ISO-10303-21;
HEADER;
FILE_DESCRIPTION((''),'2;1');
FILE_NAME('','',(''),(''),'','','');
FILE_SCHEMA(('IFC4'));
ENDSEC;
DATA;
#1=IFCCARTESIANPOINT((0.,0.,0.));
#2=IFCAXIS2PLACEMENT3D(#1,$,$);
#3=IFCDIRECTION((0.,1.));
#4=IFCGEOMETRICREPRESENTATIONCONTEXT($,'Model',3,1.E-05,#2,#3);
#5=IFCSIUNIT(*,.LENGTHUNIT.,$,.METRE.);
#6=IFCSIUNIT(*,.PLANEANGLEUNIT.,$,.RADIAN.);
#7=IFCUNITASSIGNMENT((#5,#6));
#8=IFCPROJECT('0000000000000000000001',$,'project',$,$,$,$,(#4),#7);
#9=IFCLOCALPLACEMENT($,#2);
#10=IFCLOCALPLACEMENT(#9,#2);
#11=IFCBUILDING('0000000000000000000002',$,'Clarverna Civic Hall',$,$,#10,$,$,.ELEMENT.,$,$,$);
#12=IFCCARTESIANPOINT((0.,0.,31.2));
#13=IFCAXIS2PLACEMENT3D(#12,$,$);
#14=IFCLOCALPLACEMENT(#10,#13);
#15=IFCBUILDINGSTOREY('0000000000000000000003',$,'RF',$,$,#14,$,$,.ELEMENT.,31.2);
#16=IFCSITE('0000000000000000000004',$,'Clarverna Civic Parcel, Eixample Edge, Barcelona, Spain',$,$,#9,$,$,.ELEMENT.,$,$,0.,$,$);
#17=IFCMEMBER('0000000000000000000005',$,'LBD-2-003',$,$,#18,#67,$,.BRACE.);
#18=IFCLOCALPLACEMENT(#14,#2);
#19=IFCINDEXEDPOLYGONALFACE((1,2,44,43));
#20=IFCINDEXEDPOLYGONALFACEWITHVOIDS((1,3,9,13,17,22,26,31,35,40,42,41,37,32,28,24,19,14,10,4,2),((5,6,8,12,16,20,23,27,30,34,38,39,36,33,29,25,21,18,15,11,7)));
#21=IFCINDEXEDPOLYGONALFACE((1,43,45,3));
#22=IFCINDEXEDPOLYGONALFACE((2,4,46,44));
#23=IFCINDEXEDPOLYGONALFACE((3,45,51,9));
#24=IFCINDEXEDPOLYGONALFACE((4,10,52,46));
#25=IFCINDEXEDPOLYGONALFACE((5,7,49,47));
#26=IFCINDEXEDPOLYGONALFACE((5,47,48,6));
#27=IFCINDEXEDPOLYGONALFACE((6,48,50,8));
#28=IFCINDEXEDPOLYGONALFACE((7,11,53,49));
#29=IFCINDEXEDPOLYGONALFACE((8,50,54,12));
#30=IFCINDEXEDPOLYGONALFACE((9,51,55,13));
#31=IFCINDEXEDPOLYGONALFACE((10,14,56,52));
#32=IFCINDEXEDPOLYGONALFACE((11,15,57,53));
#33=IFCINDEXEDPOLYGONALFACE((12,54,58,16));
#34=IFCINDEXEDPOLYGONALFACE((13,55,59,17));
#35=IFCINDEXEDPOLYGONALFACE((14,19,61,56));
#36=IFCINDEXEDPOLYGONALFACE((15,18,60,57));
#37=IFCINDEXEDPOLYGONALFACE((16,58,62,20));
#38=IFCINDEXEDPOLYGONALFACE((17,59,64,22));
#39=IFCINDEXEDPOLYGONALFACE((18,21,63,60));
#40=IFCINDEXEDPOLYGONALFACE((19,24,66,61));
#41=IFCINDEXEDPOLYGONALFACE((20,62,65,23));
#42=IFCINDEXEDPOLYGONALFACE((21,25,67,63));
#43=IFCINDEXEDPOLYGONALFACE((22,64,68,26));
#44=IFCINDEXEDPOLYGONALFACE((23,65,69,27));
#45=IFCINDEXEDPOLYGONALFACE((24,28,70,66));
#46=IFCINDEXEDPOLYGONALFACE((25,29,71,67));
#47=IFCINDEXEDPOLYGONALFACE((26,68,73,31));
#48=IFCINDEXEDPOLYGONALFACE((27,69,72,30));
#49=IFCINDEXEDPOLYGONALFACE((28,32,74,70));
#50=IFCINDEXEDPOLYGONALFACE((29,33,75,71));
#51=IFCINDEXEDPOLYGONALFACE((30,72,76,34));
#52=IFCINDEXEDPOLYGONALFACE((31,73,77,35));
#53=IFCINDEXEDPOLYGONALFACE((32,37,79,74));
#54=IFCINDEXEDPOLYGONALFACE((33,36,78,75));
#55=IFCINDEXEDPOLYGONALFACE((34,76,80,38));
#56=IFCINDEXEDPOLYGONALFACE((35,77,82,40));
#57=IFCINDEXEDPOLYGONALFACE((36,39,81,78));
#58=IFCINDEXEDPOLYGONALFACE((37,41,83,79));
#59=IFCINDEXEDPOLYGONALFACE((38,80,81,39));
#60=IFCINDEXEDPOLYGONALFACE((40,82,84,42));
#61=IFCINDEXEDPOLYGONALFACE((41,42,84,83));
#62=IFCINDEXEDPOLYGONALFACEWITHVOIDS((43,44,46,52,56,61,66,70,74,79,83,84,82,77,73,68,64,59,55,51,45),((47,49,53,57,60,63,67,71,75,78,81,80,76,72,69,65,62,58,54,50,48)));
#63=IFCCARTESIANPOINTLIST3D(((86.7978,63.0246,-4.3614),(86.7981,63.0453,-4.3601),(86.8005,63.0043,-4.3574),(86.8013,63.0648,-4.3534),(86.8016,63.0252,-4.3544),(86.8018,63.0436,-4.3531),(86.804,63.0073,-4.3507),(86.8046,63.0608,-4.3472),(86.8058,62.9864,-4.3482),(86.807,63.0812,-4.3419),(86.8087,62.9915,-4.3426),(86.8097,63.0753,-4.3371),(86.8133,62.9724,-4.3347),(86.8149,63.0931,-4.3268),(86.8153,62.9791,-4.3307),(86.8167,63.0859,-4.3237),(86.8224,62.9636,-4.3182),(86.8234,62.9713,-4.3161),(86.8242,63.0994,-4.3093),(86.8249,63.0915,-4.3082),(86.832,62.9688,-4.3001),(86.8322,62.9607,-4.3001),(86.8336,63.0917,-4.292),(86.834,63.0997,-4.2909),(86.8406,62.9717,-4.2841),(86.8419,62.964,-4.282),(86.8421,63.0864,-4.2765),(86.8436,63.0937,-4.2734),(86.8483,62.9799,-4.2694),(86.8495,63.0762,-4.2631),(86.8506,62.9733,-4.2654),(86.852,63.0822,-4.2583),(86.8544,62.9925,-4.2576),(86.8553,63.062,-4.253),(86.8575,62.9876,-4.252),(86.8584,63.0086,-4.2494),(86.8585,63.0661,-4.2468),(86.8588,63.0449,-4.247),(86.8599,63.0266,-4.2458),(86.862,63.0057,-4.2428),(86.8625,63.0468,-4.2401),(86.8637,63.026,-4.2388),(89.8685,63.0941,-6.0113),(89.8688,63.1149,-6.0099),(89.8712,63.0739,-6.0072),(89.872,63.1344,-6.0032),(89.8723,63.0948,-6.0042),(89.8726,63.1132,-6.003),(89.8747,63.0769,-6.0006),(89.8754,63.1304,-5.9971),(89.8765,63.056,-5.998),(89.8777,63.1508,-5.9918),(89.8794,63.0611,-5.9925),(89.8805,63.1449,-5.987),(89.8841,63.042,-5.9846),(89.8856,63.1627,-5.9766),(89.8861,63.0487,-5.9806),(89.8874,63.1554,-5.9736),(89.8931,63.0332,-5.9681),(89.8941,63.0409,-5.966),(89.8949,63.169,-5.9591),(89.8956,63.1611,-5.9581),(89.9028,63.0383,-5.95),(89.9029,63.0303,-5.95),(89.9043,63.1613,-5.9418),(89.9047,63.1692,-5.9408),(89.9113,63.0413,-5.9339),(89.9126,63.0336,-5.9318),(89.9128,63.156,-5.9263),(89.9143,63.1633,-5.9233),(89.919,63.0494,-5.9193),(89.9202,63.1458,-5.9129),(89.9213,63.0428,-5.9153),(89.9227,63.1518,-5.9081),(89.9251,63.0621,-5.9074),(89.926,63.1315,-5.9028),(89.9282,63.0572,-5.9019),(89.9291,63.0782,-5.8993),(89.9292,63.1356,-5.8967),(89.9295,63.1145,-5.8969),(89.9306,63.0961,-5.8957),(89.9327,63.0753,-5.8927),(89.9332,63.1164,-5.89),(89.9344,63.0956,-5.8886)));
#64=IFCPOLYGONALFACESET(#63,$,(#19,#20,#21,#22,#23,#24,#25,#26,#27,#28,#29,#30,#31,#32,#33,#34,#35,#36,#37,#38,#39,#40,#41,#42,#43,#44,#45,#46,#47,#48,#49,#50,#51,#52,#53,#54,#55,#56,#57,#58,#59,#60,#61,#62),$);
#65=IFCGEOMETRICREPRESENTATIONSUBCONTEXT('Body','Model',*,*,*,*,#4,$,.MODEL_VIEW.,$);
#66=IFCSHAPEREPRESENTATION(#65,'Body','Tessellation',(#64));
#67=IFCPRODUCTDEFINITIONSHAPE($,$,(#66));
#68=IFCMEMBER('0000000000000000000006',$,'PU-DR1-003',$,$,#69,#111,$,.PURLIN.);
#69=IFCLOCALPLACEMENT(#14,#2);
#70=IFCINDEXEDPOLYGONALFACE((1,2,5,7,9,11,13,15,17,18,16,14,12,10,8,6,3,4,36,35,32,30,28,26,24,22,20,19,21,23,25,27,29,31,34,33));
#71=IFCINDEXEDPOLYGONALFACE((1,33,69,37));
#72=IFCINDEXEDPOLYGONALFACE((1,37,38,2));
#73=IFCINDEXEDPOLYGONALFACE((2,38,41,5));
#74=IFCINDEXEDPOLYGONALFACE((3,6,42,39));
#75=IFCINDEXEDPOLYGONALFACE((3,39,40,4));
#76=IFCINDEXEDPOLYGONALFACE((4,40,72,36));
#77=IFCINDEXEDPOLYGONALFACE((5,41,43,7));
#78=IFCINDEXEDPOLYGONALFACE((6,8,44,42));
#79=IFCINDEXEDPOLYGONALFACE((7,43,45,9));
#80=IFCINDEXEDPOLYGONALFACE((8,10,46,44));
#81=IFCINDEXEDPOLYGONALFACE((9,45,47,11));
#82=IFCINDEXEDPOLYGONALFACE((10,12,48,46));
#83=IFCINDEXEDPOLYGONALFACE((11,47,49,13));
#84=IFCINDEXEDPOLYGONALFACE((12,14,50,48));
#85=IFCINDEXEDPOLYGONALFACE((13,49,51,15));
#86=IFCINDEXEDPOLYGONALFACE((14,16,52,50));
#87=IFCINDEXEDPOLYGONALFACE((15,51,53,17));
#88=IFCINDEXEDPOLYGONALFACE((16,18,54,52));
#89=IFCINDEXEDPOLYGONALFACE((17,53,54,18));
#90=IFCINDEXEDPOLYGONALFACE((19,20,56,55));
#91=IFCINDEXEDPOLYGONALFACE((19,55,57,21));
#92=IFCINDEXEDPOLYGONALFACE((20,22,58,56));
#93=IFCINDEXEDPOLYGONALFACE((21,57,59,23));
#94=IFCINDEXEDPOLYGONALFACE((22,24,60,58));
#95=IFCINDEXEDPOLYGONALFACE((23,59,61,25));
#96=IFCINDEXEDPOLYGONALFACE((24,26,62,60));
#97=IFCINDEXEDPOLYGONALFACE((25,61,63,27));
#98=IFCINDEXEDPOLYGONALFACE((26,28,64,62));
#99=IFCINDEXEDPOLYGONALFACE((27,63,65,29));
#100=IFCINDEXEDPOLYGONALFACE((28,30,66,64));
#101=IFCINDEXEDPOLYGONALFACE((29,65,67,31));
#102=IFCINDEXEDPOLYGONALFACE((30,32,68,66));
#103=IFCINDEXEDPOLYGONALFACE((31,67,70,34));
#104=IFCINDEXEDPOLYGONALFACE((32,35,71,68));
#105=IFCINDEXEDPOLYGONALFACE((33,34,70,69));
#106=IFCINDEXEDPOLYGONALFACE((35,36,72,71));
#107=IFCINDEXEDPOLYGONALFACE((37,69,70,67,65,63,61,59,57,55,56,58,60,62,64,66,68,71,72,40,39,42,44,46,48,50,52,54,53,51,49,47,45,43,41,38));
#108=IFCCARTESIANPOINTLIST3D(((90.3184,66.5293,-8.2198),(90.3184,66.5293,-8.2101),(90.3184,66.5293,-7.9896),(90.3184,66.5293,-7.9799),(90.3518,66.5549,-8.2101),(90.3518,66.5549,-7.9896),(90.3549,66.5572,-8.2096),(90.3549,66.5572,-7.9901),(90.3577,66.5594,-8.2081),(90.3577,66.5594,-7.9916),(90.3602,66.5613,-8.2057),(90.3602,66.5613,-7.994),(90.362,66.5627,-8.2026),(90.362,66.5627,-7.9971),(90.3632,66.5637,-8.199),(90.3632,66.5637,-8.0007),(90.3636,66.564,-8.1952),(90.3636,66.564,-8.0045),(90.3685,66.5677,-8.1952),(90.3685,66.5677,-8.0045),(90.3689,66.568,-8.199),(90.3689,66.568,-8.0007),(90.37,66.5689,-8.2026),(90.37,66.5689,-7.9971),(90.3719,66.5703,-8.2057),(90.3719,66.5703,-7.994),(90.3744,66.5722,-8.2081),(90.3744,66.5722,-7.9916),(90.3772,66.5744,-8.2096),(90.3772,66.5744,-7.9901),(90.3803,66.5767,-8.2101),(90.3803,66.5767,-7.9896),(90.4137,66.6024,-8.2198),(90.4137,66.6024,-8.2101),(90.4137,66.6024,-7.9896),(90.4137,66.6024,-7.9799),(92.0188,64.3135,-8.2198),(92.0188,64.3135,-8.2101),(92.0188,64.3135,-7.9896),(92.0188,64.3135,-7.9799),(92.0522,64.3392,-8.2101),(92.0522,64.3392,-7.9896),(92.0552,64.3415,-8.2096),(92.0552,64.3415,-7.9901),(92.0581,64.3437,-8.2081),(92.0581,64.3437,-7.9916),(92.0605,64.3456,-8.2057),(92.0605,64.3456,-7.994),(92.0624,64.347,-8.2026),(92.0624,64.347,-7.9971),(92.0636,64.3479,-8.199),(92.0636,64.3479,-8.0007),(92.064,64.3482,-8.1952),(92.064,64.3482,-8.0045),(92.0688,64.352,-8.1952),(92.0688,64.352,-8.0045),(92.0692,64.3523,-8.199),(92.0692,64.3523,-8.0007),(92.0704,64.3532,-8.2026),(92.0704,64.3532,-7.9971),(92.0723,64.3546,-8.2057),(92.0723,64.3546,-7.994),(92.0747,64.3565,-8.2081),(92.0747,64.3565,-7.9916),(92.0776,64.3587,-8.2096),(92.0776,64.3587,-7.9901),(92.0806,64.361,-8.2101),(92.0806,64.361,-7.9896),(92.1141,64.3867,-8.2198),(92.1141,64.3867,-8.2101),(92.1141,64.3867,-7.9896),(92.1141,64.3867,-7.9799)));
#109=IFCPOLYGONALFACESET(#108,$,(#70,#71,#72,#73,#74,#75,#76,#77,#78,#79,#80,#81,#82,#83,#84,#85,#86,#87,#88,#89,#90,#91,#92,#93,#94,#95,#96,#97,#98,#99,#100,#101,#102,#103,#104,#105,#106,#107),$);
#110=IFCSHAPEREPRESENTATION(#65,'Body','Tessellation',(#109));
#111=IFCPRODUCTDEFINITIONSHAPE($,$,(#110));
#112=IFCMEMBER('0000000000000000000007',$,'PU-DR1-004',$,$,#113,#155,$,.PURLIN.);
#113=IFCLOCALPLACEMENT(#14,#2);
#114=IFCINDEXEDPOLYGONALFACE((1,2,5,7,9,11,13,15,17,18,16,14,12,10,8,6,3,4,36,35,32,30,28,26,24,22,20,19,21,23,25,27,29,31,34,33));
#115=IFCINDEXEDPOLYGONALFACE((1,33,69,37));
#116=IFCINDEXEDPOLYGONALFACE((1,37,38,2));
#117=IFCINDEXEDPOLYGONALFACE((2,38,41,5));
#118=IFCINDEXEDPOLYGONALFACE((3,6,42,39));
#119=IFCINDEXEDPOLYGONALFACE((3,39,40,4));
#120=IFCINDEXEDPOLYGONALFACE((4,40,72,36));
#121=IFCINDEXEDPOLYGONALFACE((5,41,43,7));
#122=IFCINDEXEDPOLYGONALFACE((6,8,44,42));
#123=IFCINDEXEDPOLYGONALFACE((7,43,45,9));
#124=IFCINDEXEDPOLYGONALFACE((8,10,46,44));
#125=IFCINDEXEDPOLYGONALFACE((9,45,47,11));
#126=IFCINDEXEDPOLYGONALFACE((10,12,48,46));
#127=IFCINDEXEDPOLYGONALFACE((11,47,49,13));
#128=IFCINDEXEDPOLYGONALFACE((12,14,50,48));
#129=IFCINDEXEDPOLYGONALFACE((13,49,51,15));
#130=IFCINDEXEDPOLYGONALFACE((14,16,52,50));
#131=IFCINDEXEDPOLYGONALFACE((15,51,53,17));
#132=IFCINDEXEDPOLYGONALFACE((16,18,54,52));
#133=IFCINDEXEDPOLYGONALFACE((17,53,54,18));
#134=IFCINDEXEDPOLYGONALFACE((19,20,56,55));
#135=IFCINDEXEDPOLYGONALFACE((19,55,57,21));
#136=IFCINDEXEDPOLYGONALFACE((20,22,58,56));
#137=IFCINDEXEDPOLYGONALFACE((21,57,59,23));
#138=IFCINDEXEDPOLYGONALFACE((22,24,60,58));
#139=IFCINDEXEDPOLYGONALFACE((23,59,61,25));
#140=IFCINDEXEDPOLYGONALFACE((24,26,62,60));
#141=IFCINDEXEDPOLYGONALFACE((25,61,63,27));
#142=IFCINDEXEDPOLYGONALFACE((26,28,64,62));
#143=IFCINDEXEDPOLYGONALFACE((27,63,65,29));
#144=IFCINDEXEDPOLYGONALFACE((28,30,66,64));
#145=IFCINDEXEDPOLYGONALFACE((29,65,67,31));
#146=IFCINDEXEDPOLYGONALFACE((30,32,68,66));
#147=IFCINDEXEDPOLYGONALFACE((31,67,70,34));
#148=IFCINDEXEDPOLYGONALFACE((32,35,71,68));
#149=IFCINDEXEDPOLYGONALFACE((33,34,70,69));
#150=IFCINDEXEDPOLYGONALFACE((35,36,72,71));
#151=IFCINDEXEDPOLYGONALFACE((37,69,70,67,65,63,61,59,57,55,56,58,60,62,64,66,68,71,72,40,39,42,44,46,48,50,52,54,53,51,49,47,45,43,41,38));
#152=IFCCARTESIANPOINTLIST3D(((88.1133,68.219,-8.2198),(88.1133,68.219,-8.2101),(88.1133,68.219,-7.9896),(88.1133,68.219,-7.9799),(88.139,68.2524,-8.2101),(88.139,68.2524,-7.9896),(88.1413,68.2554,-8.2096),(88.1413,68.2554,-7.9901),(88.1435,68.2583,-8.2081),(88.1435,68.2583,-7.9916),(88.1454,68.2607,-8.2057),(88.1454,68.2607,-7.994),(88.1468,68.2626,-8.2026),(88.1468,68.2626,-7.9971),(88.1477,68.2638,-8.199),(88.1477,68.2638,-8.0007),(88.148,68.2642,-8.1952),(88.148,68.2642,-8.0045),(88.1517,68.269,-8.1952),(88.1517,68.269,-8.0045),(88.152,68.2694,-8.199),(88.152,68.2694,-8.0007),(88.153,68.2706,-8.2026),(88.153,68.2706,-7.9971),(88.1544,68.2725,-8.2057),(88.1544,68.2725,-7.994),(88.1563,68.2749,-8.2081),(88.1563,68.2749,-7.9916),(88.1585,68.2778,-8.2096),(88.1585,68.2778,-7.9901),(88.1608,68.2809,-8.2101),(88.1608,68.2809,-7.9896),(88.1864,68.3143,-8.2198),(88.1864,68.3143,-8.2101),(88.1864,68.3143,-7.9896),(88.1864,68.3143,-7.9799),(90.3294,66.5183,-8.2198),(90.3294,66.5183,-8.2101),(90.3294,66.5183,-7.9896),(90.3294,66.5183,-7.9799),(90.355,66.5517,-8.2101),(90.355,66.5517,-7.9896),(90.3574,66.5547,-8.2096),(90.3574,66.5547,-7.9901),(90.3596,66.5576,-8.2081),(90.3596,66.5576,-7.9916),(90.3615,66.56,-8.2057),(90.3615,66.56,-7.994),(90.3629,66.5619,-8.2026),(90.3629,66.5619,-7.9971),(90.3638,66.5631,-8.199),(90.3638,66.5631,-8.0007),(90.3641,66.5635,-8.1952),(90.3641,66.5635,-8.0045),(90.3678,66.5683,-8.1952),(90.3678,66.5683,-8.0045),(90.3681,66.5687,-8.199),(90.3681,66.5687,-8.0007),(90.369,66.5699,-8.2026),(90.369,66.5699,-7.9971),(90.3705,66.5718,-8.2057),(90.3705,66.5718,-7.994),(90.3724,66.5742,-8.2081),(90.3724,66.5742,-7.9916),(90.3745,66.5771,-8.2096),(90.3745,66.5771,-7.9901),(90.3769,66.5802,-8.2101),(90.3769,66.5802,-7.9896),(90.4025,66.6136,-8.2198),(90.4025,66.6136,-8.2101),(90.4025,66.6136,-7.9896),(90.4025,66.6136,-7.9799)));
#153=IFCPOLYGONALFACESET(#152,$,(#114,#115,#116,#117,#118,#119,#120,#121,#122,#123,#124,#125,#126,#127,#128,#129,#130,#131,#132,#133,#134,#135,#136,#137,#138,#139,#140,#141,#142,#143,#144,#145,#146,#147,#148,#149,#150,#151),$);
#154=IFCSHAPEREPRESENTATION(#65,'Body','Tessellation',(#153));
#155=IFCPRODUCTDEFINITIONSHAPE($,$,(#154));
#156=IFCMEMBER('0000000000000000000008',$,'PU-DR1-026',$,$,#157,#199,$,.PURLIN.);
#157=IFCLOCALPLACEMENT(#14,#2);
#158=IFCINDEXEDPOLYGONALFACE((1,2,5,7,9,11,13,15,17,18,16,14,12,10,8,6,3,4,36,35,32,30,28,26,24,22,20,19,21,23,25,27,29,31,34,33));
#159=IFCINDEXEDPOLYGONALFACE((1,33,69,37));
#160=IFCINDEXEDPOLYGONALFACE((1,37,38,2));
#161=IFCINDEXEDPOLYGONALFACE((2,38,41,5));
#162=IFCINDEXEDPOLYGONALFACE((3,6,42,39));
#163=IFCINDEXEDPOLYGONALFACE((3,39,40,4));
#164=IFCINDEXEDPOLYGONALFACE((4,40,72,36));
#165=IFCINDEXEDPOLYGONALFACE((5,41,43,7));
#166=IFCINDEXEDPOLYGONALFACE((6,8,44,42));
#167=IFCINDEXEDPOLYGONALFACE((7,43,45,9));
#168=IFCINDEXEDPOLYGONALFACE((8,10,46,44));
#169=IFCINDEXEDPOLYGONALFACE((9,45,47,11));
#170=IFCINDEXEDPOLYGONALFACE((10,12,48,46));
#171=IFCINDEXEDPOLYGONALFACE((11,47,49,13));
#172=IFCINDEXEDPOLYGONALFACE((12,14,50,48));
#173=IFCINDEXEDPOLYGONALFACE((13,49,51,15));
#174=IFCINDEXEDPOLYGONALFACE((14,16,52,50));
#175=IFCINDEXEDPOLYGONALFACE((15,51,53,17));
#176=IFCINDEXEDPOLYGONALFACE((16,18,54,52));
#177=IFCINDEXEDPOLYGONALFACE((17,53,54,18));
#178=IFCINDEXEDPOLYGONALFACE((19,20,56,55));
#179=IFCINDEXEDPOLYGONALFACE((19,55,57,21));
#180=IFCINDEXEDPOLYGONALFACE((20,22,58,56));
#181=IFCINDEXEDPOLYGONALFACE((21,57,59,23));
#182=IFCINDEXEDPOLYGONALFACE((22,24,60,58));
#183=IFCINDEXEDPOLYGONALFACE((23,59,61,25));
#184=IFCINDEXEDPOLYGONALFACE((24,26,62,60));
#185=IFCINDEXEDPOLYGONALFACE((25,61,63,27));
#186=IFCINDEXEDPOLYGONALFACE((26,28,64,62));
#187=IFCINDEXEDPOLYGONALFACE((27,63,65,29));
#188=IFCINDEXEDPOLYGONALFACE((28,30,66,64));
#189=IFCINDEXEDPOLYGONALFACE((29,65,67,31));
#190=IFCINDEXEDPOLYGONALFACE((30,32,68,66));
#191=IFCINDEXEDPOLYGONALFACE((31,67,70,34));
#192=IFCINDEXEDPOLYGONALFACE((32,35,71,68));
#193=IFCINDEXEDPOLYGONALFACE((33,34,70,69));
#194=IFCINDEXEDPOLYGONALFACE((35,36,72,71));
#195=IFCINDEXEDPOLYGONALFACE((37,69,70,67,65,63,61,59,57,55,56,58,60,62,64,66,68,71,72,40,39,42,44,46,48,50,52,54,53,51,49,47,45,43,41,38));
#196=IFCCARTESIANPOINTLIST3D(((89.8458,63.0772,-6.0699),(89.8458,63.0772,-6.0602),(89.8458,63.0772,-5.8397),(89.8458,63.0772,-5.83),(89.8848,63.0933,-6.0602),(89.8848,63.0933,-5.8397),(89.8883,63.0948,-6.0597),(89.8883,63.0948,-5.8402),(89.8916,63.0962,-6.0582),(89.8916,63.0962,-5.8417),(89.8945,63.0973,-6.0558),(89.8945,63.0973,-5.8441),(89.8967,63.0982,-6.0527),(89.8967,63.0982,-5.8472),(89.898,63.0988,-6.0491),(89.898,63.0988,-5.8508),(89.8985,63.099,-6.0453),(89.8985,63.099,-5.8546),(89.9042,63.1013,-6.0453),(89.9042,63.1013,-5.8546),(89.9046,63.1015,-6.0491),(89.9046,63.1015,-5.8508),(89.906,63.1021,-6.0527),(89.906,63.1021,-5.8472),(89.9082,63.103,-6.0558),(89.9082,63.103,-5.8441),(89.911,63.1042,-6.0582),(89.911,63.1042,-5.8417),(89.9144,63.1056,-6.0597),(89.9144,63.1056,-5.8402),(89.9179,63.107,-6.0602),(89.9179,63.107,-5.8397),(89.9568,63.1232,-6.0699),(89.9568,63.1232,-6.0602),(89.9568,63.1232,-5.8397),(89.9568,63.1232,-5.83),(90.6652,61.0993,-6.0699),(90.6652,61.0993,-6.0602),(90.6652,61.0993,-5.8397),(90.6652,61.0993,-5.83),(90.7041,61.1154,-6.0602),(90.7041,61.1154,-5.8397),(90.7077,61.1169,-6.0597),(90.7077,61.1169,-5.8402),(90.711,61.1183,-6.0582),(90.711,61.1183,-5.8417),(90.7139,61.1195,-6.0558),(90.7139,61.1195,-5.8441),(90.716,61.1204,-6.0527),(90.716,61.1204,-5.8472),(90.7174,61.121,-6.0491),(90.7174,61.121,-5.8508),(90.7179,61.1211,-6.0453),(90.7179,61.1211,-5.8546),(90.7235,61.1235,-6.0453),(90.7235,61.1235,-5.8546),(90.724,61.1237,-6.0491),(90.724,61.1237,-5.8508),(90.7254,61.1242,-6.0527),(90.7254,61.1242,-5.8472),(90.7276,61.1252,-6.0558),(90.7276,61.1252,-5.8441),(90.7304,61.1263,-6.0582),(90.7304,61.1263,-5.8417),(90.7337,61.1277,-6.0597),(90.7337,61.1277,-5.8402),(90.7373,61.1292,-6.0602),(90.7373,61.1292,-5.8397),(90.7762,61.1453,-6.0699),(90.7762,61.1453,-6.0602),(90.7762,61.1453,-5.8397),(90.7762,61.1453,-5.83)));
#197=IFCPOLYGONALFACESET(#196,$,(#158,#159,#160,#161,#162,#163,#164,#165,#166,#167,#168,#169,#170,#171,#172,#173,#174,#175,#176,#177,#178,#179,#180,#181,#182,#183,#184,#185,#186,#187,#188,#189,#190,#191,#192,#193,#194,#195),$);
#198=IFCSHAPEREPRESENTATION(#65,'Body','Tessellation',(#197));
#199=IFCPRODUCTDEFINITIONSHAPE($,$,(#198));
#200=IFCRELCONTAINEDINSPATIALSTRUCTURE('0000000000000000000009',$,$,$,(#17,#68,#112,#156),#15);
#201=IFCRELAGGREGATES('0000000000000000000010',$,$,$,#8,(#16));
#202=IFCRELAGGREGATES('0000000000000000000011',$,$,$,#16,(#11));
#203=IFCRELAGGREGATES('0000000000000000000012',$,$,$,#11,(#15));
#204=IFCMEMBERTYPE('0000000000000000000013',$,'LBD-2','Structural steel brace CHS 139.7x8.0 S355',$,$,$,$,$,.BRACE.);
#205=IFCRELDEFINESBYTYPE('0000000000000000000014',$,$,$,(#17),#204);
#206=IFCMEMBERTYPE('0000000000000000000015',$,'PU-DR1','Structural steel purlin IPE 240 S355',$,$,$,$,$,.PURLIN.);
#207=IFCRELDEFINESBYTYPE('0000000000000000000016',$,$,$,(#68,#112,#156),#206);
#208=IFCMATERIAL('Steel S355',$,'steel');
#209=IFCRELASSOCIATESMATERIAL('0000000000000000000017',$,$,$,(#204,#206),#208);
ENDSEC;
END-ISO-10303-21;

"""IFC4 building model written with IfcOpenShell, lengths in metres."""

from ifc_helpers import new_model, si_unit, direction, frame, origin, origin_2d, place, context, subcontext, project, spatial, hollow_circle, i_section, extrude, material, material_profile, profile_set, type_object, element, save


model = new_model("IFC4")

# Units and contexts
model_context = context("Model", 3, precision=1e-05, world=origin(), true_north=direction((0.0, 1.0)))
body_context = subcontext(model_context, "Body", "Model", "MODEL_VIEW")
ifc_project = project(units=[si_unit("LENGTHUNIT", "METRE"), si_unit("PLANEANGLEUNIT", "RADIAN")], contexts=[model_context])

# Site, building, storey
site_placement = place(None, origin())
site = spatial("IfcSite", under=ifc_project, at=site_placement, Name="Clarverna Civic Parcel, Eixample Edge, Barcelona, Spain", CompositionType="ELEMENT", RefElevation=0.0)
building_placement = place(site_placement, origin())
building = spatial("IfcBuilding", under=site, at=building_placement, Name="Clarverna Civic Hall", CompositionType="ELEMENT")
storey_placement = place(building_placement, frame((0.0, 0.0, 31.2)))
storey = spatial("IfcBuildingStorey", under=building, at=storey_placement, Name="RF", CompositionType="ELEMENT", Elevation=31.2)

# Members
ifc_material_1 = material(Name="Steel S355", Category="steel")
ifc_material_profile_1 = material_profile(ifc_material_1, hollow_circle(Radius=0.0698, WallThickness=0.0081, at=origin_2d()), Name="CHS 139.7x8.0")
ifc_profile_set_1 = profile_set([ifc_material_profile_1], Name="Steel S355")
member_type_1 = type_object("IfcMemberType", Name="LBD-2", Description="Structural steel brace CHS 139.7x8.0 S355", PredefinedType="BRACE", material=ifc_profile_set_1)
member_1_placement = place(storey_placement, frame((89.9014, 63.1001, -5.95), z_axis=(-0.880727, -0.019956, 0.473204), x_axis=(0.022653, -0.999743, 0.0)))
element("IfcMember", 1, at=member_1_placement, inside=storey, type_object=member_type_1, Name="LBD-2-003", PredefinedType="BRACE", context=body_context, shape_type="SweptSolid", body=[
    extrude(hollow_circle(Radius=0.0698, WallThickness=0.0081, at=origin_2d()), origin(), (0.0, 0.0, 1.0), 3.4866),
])
ifc_material_profile_2 = material_profile(ifc_material_1, i_section(OverallWidth=0.1201, OverallDepth=0.24, WebThickness=0.0061, FlangeThickness=0.0098, FilletRadius=0.0149, at=origin_2d()), Name="IPE 240")
ifc_profile_set_2 = profile_set([ifc_material_profile_2], Name="Steel S355")
member_type_2 = type_object("IfcMemberType", Name="PU-DR1", Description="Structural steel purlin IPE 240 S355", PredefinedType="PURLIN", material=ifc_profile_set_2)
member_2_placement = place(storey_placement, frame((92.0664, 64.3501, -8.0999), z_axis=(-0.608802, 0.793322, 0.0), x_axis=(-0.793322, -0.608802, 0.0)))
element("IfcMember", 2, at=member_2_placement, inside=storey, type_object=member_type_2, Name="PU-DR1-003", PredefinedType="PURLIN", context=body_context, shape_type="SweptSolid", body=[
    extrude(i_section(OverallWidth=0.1201, OverallDepth=0.24, WebThickness=0.0061, FlangeThickness=0.0098, FilletRadius=0.0149, at=origin_2d()), origin(), (0.0, 0.0, 1.0), 2.793),
])
member_3_placement = place(storey_placement, frame((90.366, 66.5659, -8.0999), z_axis=(-0.793312, 0.608815, 0.0), x_axis=(-0.608815, -0.793312, 0.0)))
element("IfcMember", 3, at=member_3_placement, inside=storey, type_object=member_type_2, Name="PU-DR1-004", PredefinedType="PURLIN", context=body_context, shape_type="SweptSolid", body=[
    extrude(i_section(OverallWidth=0.1201, OverallDepth=0.24, WebThickness=0.0061, FlangeThickness=0.0098, FilletRadius=0.0149, at=origin_2d()), origin(), (0.0, 0.0, 1.0), 2.7935),
])
member_4_placement = place(storey_placement, frame((90.7207, 61.1223, -5.95), z_axis=(-0.382728, 0.923861, 0.0), x_axis=(-0.923861, -0.382728, 0.0)))
element("IfcMember", 4, at=member_4_placement, inside=storey, type_object=member_type_2, Name="PU-DR1-026", PredefinedType="PURLIN", context=body_context, shape_type="SweptSolid", body=[
    extrude(i_section(OverallWidth=0.1201, OverallDepth=0.24, WebThickness=0.0061, FlangeThickness=0.0098, FilletRadius=0.0149, at=origin_2d()), origin(), (0.0, 0.0, 1.0), 2.1409),
])

save(model, "model.ifc")
